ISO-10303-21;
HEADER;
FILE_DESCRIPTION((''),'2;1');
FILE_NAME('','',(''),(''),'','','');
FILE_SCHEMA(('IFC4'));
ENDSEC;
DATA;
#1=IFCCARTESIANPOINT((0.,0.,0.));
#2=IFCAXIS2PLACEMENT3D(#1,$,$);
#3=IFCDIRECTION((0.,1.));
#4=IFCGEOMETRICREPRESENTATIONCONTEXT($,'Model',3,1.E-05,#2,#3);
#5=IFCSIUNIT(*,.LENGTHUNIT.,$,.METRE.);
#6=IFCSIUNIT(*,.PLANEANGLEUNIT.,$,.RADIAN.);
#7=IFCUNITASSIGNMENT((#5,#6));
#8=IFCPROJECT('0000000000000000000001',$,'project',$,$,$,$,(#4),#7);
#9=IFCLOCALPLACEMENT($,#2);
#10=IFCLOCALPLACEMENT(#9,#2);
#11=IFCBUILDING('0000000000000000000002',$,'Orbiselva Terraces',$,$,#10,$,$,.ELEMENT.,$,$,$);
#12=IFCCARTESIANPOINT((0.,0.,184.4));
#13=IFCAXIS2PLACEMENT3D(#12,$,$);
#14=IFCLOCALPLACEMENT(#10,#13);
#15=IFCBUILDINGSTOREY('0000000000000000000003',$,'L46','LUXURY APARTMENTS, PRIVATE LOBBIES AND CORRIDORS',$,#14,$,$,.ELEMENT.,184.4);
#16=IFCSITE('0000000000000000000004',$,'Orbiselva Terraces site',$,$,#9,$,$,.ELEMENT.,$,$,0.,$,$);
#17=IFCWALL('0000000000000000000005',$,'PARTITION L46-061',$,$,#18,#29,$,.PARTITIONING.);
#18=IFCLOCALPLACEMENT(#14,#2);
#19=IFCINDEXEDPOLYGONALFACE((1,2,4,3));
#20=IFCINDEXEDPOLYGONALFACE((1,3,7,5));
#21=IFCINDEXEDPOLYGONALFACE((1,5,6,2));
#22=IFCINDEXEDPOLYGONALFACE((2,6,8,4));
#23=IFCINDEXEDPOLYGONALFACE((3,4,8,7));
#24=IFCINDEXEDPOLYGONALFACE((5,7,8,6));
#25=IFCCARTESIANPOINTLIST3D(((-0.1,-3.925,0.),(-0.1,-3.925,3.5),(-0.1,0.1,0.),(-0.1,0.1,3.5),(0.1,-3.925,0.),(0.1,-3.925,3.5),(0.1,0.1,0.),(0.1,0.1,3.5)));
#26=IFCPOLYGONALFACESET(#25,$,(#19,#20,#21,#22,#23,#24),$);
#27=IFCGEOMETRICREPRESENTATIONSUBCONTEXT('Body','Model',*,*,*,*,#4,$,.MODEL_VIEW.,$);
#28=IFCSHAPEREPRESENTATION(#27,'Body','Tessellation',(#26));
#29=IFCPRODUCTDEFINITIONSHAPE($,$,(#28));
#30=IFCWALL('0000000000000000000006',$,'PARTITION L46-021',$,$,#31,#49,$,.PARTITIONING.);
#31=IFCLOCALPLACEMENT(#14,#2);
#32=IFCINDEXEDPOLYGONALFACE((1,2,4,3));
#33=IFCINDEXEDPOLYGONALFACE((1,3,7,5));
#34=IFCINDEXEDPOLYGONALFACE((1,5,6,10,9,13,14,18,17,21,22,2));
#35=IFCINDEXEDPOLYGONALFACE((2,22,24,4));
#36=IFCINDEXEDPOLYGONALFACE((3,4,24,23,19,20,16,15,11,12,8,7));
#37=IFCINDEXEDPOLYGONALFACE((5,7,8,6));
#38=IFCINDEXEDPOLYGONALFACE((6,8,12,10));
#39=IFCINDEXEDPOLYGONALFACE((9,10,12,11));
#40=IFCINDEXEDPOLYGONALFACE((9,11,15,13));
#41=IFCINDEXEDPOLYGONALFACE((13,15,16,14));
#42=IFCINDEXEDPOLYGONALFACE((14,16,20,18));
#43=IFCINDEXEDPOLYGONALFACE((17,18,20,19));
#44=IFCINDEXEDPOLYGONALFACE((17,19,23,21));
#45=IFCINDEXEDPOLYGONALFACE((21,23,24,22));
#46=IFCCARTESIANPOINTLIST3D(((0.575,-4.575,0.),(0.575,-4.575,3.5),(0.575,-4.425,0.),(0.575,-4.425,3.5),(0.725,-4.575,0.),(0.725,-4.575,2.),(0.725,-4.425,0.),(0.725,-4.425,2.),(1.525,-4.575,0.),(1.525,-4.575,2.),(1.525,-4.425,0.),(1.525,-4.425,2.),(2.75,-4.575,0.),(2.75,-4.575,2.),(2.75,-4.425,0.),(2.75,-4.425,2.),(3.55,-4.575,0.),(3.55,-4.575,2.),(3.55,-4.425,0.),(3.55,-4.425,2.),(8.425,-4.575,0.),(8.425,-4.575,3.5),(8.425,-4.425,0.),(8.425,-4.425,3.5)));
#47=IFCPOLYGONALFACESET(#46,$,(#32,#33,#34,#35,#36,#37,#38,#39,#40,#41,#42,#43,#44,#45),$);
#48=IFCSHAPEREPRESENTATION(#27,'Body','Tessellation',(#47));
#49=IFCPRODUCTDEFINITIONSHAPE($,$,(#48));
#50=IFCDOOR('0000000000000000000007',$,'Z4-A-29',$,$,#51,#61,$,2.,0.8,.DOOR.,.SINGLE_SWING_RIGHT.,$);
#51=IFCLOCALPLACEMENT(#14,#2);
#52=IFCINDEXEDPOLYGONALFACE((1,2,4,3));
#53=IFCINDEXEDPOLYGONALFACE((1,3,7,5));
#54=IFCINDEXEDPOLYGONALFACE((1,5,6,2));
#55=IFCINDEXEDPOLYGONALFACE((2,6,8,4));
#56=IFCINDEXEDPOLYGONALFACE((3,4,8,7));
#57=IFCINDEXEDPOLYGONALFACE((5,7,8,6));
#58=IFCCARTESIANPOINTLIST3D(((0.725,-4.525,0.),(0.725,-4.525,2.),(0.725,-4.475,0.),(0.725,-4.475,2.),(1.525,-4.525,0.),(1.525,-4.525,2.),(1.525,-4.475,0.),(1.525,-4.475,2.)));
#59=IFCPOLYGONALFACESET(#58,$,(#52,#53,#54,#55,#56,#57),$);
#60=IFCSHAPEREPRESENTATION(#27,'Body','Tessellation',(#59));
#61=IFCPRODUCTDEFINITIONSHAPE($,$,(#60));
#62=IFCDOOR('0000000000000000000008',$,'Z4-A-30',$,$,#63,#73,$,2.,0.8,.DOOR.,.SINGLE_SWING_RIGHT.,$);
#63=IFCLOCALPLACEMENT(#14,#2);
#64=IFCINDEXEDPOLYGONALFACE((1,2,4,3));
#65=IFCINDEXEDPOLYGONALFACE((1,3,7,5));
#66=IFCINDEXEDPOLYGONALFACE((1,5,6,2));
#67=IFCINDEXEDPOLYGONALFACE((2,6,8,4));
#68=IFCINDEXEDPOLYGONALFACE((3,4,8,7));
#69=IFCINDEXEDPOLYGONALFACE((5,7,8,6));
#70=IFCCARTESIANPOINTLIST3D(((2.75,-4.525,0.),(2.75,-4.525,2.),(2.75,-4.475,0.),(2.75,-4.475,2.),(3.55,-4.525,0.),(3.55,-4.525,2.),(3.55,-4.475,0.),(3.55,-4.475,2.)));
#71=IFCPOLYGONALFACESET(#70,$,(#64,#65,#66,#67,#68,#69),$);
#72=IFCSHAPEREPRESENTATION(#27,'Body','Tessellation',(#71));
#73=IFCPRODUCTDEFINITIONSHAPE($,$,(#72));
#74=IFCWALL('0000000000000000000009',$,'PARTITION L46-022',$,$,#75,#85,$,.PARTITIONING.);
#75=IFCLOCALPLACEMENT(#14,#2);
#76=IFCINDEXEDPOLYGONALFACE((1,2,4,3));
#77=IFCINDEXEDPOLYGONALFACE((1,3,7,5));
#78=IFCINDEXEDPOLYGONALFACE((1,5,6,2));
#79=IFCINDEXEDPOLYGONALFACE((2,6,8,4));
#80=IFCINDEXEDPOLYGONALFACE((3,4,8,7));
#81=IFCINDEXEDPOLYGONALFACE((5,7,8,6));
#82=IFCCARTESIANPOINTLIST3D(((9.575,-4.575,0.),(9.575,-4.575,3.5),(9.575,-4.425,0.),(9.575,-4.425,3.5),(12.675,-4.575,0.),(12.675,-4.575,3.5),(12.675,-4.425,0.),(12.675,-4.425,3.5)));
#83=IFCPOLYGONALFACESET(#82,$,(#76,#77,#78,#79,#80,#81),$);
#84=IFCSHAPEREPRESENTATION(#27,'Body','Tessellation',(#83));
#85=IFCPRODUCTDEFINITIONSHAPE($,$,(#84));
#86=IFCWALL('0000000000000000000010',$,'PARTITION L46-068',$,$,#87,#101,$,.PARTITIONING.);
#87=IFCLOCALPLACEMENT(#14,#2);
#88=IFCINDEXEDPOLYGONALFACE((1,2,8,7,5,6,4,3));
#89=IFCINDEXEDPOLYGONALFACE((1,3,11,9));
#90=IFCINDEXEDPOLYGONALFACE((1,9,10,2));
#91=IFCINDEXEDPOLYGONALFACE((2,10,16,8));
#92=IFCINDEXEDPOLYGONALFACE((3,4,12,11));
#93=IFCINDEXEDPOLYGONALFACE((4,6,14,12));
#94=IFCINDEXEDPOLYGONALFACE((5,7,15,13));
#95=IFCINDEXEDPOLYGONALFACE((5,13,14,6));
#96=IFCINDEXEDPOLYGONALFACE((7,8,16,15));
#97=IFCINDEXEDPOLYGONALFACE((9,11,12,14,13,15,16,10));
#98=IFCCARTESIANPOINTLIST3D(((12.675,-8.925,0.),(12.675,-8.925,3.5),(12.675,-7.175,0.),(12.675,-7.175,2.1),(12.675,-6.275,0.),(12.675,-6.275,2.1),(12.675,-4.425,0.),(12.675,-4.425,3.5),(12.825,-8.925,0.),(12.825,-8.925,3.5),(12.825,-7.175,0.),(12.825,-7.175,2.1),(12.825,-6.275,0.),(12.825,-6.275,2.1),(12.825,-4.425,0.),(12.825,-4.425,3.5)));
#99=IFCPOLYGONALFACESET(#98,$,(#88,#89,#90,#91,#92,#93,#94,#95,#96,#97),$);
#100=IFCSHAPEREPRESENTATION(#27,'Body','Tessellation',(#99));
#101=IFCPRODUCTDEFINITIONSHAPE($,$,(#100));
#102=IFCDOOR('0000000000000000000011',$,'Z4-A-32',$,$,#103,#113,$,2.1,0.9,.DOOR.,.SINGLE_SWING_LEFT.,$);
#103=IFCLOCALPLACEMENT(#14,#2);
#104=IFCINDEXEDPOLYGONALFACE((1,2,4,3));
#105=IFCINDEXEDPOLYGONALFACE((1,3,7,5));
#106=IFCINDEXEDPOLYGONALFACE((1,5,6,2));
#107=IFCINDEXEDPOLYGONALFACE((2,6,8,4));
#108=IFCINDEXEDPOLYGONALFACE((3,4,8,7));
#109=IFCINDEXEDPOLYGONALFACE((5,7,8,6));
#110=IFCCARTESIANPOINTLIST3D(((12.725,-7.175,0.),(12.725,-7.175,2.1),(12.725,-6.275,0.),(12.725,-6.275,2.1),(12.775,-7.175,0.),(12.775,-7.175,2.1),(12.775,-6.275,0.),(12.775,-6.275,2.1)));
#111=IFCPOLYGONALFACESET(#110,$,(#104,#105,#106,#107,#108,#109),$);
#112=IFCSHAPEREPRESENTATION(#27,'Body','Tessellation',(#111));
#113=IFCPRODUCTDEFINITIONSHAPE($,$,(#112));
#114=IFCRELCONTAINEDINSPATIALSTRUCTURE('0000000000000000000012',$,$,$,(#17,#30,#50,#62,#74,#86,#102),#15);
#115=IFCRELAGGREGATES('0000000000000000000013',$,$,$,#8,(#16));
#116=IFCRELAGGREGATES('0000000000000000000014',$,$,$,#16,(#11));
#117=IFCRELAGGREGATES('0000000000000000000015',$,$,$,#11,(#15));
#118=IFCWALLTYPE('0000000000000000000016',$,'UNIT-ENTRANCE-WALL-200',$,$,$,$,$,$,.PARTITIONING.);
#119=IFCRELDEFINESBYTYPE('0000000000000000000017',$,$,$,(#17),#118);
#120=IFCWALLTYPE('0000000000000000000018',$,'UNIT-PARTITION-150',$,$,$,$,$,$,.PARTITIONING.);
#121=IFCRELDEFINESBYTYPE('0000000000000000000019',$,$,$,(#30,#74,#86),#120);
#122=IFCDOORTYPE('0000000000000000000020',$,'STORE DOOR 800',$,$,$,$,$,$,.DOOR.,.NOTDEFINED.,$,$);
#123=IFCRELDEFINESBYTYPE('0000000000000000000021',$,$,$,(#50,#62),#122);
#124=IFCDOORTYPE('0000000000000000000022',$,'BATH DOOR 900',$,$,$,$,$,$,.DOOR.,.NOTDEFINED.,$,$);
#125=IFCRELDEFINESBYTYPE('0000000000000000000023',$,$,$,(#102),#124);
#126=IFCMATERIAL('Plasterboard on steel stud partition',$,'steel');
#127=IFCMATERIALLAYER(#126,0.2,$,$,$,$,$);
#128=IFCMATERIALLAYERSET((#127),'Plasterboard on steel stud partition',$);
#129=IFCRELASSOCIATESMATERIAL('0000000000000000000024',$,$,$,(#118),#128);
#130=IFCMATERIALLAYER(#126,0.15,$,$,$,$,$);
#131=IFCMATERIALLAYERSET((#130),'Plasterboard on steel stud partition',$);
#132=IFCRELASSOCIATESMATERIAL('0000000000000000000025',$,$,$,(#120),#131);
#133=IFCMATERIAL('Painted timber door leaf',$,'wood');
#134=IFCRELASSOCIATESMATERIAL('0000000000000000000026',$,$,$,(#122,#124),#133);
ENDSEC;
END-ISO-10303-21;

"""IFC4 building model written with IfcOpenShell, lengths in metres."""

from ifc_helpers import new_model, si_unit, direction, frame, frame_2d, origin, place, context, subcontext, project, spatial, rectangle, extrude, material, layer, layer_set, type_object, element, fill, save


model = new_model("IFC4")

# Units and contexts
model_context = context("Model", 3, precision=1e-05, world=origin(), true_north=direction((0.0, 1.0)))
body_context = subcontext(model_context, "Body", "Model", "MODEL_VIEW")
ifc_project = project(units=[si_unit("LENGTHUNIT", "METRE"), si_unit("PLANEANGLEUNIT", "RADIAN")], contexts=[model_context])

# Site, building, storey
site_placement = place(None, origin())
site = spatial("IfcSite", under=ifc_project, at=site_placement, Name="Orbiselva Terraces site", CompositionType="ELEMENT", RefElevation=0.0)
building_placement = place(site_placement, origin())
building = spatial("IfcBuilding", under=site, at=building_placement, Name="Orbiselva Terraces", CompositionType="ELEMENT")
storey_placement = place(building_placement, frame((0.0, 0.0, 184.4)))
storey = spatial("IfcBuildingStorey", under=building, at=storey_placement, Name="L46", Description="LUXURY APARTMENTS, PRIVATE LOBBIES AND CORRIDORS", CompositionType="ELEMENT", Elevation=184.4)

# Wall
ifc_material_1 = material(Name="Plasterboard on steel stud partition", Category="steel")
ifc_layer_1 = layer(ifc_material_1, 0.2)
ifc_layer_set_1 = layer_set([ifc_layer_1], Name="Plasterboard on steel stud partition")
wall_type_1 = type_object("IfcWallType", Name="UNIT-ENTRANCE-WALL-200", PredefinedType="PARTITIONING", material=ifc_layer_set_1)
wall_1_placement = place(storey_placement, frame((0.0, -3.925, 0.0), z_axis=(0.0, 0.0, 1.0), x_axis=(0.0, 1.0, 0.0)))
element("IfcWall", 1, at=wall_1_placement, inside=storey, type_object=wall_type_1, Name="PARTITION L46-061", PredefinedType="PARTITIONING", context=body_context, shape_type="SweptSolid", body=[
    extrude(rectangle(XDim=4.025, YDim=0.2, at=frame_2d((2.0125, 0.0))), origin(), (0.0, 0.0, 1.0), 3.5),
])

# Wall, openings, doors
ifc_layer_2 = layer(ifc_material_1, 0.15)
ifc_layer_set_2 = layer_set([ifc_layer_2], Name="Plasterboard on steel stud partition")
wall_type_2 = type_object("IfcWallType", Name="UNIT-PARTITION-150", PredefinedType="PARTITIONING", material=ifc_layer_set_2)
wall_2_placement = place(storey_placement, frame((8.425, -4.5, 0.0), z_axis=(0.0, 0.0, 1.0), x_axis=(-1.0, 0.0, 0.0)))
wall_2 = element("IfcWall", 2, at=wall_2_placement, inside=storey, type_object=wall_type_2, Name="PARTITION L46-021", PredefinedType="PARTITIONING", context=body_context, shape_type="SweptSolid", body=[
    extrude(rectangle(XDim=7.85, YDim=0.15, at=frame_2d((3.925, 0.0))), origin(), (0.0, 0.0, 1.0), 3.5),
])
opening_1_placement = place(wall_2_placement, frame((6.9, 0.0, 0.0)))
opening_1 = element("IfcOpeningElement", 3, at=opening_1_placement, cuts=wall_2, PredefinedType="OPENING", context=body_context, shape_type="SweptSolid", body=[
    extrude(rectangle(XDim=0.8, YDim=2.0, at=frame_2d((0.4, 1.0))), frame((0.0, 0.085, 0.0), z_axis=(0.0, -1.0, 0.0), x_axis=(1.0, 0.0, 0.0)), (0.0, 0.0, 1.0), 0.17),
])
opening_2_placement = place(wall_2_placement, frame((4.875, 0.0, 0.0)))
opening_2 = element("IfcOpeningElement", 4, at=opening_2_placement, cuts=wall_2, PredefinedType="OPENING", context=body_context, shape_type="SweptSolid", body=[
    extrude(rectangle(XDim=0.8, YDim=2.0, at=frame_2d((0.4, 1.0))), frame((0.0, 0.085, 0.0), z_axis=(0.0, -1.0, 0.0), x_axis=(1.0, 0.0, 0.0)), (0.0, 0.0, 1.0), 0.17),
])
ifc_material_2 = material(Name="Painted timber door leaf", Category="wood")
door_type_1 = type_object("IfcDoorType", Name="STORE DOOR 800", OperationType="NOTDEFINED", PredefinedType="DOOR", material=ifc_material_2)
door_1_placement = place(opening_1_placement, origin())
door_1 = element("IfcDoor", 5, at=door_1_placement, inside=storey, type_object=door_type_1, Name="Z4-A-29", OperationType="SINGLE_SWING_RIGHT", OverallHeight=2.0, OverallWidth=0.8, PredefinedType="DOOR", context=body_context, shape_type="SweptSolid", body=[
    extrude(rectangle(XDim=0.8, YDim=2.0, at=frame_2d((0.4, 1.0))), frame((0.0, 0.025, 0.0), z_axis=(0.0, -1.0, 0.0), x_axis=(1.0, 0.0, 0.0)), (0.0, 0.0, 1.0), 0.05),
])
fill(opening_1, door_1)
door_2_placement = place(opening_2_placement, origin())
door_2 = element("IfcDoor", 6, at=door_2_placement, inside=storey, type_object=door_type_1, Name="Z4-A-30", OperationType="SINGLE_SWING_RIGHT", OverallHeight=2.0, OverallWidth=0.8, PredefinedType="DOOR", context=body_context, shape_type="SweptSolid", body=[
    extrude(rectangle(XDim=0.8, YDim=2.0, at=frame_2d((0.4, 1.0))), frame((0.0, 0.025, 0.0), z_axis=(0.0, -1.0, 0.0), x_axis=(1.0, 0.0, 0.0)), (0.0, 0.0, 1.0), 0.05),
])
fill(opening_2, door_2)

# Wall
wall_3_placement = place(storey_placement, frame((9.575, -4.5, 0.0), z_axis=(0.0, 0.0, 1.0), x_axis=(1.0, 0.0, 0.0)))
element("IfcWall", 7, at=wall_3_placement, inside=storey, type_object=wall_type_2, Name="PARTITION L46-022", PredefinedType="PARTITIONING", context=body_context, shape_type="SweptSolid", body=[
    extrude(rectangle(XDim=3.1, YDim=0.15, at=frame_2d((1.55, 0.0))), origin(), (0.0, 0.0, 1.0), 3.5),
])

# Wall, opening, door
wall_4_placement = place(storey_placement, frame((12.75, -8.925, 0.0), z_axis=(0.0, 0.0, 1.0), x_axis=(0.0, 1.0, 0.0)))
wall_4 = element("IfcWall", 8, at=wall_4_placement, inside=storey, type_object=wall_type_2, Name="PARTITION L46-068", PredefinedType="PARTITIONING", context=body_context, shape_type="SweptSolid", body=[
    extrude(rectangle(XDim=4.5, YDim=0.15, at=frame_2d((2.25, 0.0))), origin(), (0.0, 0.0, 1.0), 3.5),
])
opening_3_placement = place(wall_4_placement, frame((1.75, 0.0, 0.0)))
opening_3 = element("IfcOpeningElement", 9, at=opening_3_placement, cuts=wall_4, PredefinedType="OPENING", context=body_context, shape_type="SweptSolid", body=[
    extrude(rectangle(XDim=0.9, YDim=2.1, at=frame_2d((0.45, 1.05))), frame((0.0, 0.085, 0.0), z_axis=(0.0, -1.0, 0.0), x_axis=(1.0, 0.0, 0.0)), (0.0, 0.0, 1.0), 0.17),
])
door_type_2 = type_object("IfcDoorType", Name="BATH DOOR 900", OperationType="NOTDEFINED", PredefinedType="DOOR", material=ifc_material_2)
door_3_placement = place(opening_3_placement, origin())
door_3 = element("IfcDoor", 10, at=door_3_placement, inside=storey, type_object=door_type_2, Name="Z4-A-32", OperationType="SINGLE_SWING_LEFT", OverallHeight=2.1, OverallWidth=0.9, PredefinedType="DOOR", context=body_context, shape_type="SweptSolid", body=[
    extrude(rectangle(XDim=0.9, YDim=2.1, at=frame_2d((0.45, 1.05))), frame((0.0, 0.025, 0.0), z_axis=(0.0, -1.0, 0.0), x_axis=(1.0, 0.0, 0.0)), (0.0, 0.0, 1.0), 0.05),
])
fill(opening_3, door_3)

save(model, "model.ifc")
